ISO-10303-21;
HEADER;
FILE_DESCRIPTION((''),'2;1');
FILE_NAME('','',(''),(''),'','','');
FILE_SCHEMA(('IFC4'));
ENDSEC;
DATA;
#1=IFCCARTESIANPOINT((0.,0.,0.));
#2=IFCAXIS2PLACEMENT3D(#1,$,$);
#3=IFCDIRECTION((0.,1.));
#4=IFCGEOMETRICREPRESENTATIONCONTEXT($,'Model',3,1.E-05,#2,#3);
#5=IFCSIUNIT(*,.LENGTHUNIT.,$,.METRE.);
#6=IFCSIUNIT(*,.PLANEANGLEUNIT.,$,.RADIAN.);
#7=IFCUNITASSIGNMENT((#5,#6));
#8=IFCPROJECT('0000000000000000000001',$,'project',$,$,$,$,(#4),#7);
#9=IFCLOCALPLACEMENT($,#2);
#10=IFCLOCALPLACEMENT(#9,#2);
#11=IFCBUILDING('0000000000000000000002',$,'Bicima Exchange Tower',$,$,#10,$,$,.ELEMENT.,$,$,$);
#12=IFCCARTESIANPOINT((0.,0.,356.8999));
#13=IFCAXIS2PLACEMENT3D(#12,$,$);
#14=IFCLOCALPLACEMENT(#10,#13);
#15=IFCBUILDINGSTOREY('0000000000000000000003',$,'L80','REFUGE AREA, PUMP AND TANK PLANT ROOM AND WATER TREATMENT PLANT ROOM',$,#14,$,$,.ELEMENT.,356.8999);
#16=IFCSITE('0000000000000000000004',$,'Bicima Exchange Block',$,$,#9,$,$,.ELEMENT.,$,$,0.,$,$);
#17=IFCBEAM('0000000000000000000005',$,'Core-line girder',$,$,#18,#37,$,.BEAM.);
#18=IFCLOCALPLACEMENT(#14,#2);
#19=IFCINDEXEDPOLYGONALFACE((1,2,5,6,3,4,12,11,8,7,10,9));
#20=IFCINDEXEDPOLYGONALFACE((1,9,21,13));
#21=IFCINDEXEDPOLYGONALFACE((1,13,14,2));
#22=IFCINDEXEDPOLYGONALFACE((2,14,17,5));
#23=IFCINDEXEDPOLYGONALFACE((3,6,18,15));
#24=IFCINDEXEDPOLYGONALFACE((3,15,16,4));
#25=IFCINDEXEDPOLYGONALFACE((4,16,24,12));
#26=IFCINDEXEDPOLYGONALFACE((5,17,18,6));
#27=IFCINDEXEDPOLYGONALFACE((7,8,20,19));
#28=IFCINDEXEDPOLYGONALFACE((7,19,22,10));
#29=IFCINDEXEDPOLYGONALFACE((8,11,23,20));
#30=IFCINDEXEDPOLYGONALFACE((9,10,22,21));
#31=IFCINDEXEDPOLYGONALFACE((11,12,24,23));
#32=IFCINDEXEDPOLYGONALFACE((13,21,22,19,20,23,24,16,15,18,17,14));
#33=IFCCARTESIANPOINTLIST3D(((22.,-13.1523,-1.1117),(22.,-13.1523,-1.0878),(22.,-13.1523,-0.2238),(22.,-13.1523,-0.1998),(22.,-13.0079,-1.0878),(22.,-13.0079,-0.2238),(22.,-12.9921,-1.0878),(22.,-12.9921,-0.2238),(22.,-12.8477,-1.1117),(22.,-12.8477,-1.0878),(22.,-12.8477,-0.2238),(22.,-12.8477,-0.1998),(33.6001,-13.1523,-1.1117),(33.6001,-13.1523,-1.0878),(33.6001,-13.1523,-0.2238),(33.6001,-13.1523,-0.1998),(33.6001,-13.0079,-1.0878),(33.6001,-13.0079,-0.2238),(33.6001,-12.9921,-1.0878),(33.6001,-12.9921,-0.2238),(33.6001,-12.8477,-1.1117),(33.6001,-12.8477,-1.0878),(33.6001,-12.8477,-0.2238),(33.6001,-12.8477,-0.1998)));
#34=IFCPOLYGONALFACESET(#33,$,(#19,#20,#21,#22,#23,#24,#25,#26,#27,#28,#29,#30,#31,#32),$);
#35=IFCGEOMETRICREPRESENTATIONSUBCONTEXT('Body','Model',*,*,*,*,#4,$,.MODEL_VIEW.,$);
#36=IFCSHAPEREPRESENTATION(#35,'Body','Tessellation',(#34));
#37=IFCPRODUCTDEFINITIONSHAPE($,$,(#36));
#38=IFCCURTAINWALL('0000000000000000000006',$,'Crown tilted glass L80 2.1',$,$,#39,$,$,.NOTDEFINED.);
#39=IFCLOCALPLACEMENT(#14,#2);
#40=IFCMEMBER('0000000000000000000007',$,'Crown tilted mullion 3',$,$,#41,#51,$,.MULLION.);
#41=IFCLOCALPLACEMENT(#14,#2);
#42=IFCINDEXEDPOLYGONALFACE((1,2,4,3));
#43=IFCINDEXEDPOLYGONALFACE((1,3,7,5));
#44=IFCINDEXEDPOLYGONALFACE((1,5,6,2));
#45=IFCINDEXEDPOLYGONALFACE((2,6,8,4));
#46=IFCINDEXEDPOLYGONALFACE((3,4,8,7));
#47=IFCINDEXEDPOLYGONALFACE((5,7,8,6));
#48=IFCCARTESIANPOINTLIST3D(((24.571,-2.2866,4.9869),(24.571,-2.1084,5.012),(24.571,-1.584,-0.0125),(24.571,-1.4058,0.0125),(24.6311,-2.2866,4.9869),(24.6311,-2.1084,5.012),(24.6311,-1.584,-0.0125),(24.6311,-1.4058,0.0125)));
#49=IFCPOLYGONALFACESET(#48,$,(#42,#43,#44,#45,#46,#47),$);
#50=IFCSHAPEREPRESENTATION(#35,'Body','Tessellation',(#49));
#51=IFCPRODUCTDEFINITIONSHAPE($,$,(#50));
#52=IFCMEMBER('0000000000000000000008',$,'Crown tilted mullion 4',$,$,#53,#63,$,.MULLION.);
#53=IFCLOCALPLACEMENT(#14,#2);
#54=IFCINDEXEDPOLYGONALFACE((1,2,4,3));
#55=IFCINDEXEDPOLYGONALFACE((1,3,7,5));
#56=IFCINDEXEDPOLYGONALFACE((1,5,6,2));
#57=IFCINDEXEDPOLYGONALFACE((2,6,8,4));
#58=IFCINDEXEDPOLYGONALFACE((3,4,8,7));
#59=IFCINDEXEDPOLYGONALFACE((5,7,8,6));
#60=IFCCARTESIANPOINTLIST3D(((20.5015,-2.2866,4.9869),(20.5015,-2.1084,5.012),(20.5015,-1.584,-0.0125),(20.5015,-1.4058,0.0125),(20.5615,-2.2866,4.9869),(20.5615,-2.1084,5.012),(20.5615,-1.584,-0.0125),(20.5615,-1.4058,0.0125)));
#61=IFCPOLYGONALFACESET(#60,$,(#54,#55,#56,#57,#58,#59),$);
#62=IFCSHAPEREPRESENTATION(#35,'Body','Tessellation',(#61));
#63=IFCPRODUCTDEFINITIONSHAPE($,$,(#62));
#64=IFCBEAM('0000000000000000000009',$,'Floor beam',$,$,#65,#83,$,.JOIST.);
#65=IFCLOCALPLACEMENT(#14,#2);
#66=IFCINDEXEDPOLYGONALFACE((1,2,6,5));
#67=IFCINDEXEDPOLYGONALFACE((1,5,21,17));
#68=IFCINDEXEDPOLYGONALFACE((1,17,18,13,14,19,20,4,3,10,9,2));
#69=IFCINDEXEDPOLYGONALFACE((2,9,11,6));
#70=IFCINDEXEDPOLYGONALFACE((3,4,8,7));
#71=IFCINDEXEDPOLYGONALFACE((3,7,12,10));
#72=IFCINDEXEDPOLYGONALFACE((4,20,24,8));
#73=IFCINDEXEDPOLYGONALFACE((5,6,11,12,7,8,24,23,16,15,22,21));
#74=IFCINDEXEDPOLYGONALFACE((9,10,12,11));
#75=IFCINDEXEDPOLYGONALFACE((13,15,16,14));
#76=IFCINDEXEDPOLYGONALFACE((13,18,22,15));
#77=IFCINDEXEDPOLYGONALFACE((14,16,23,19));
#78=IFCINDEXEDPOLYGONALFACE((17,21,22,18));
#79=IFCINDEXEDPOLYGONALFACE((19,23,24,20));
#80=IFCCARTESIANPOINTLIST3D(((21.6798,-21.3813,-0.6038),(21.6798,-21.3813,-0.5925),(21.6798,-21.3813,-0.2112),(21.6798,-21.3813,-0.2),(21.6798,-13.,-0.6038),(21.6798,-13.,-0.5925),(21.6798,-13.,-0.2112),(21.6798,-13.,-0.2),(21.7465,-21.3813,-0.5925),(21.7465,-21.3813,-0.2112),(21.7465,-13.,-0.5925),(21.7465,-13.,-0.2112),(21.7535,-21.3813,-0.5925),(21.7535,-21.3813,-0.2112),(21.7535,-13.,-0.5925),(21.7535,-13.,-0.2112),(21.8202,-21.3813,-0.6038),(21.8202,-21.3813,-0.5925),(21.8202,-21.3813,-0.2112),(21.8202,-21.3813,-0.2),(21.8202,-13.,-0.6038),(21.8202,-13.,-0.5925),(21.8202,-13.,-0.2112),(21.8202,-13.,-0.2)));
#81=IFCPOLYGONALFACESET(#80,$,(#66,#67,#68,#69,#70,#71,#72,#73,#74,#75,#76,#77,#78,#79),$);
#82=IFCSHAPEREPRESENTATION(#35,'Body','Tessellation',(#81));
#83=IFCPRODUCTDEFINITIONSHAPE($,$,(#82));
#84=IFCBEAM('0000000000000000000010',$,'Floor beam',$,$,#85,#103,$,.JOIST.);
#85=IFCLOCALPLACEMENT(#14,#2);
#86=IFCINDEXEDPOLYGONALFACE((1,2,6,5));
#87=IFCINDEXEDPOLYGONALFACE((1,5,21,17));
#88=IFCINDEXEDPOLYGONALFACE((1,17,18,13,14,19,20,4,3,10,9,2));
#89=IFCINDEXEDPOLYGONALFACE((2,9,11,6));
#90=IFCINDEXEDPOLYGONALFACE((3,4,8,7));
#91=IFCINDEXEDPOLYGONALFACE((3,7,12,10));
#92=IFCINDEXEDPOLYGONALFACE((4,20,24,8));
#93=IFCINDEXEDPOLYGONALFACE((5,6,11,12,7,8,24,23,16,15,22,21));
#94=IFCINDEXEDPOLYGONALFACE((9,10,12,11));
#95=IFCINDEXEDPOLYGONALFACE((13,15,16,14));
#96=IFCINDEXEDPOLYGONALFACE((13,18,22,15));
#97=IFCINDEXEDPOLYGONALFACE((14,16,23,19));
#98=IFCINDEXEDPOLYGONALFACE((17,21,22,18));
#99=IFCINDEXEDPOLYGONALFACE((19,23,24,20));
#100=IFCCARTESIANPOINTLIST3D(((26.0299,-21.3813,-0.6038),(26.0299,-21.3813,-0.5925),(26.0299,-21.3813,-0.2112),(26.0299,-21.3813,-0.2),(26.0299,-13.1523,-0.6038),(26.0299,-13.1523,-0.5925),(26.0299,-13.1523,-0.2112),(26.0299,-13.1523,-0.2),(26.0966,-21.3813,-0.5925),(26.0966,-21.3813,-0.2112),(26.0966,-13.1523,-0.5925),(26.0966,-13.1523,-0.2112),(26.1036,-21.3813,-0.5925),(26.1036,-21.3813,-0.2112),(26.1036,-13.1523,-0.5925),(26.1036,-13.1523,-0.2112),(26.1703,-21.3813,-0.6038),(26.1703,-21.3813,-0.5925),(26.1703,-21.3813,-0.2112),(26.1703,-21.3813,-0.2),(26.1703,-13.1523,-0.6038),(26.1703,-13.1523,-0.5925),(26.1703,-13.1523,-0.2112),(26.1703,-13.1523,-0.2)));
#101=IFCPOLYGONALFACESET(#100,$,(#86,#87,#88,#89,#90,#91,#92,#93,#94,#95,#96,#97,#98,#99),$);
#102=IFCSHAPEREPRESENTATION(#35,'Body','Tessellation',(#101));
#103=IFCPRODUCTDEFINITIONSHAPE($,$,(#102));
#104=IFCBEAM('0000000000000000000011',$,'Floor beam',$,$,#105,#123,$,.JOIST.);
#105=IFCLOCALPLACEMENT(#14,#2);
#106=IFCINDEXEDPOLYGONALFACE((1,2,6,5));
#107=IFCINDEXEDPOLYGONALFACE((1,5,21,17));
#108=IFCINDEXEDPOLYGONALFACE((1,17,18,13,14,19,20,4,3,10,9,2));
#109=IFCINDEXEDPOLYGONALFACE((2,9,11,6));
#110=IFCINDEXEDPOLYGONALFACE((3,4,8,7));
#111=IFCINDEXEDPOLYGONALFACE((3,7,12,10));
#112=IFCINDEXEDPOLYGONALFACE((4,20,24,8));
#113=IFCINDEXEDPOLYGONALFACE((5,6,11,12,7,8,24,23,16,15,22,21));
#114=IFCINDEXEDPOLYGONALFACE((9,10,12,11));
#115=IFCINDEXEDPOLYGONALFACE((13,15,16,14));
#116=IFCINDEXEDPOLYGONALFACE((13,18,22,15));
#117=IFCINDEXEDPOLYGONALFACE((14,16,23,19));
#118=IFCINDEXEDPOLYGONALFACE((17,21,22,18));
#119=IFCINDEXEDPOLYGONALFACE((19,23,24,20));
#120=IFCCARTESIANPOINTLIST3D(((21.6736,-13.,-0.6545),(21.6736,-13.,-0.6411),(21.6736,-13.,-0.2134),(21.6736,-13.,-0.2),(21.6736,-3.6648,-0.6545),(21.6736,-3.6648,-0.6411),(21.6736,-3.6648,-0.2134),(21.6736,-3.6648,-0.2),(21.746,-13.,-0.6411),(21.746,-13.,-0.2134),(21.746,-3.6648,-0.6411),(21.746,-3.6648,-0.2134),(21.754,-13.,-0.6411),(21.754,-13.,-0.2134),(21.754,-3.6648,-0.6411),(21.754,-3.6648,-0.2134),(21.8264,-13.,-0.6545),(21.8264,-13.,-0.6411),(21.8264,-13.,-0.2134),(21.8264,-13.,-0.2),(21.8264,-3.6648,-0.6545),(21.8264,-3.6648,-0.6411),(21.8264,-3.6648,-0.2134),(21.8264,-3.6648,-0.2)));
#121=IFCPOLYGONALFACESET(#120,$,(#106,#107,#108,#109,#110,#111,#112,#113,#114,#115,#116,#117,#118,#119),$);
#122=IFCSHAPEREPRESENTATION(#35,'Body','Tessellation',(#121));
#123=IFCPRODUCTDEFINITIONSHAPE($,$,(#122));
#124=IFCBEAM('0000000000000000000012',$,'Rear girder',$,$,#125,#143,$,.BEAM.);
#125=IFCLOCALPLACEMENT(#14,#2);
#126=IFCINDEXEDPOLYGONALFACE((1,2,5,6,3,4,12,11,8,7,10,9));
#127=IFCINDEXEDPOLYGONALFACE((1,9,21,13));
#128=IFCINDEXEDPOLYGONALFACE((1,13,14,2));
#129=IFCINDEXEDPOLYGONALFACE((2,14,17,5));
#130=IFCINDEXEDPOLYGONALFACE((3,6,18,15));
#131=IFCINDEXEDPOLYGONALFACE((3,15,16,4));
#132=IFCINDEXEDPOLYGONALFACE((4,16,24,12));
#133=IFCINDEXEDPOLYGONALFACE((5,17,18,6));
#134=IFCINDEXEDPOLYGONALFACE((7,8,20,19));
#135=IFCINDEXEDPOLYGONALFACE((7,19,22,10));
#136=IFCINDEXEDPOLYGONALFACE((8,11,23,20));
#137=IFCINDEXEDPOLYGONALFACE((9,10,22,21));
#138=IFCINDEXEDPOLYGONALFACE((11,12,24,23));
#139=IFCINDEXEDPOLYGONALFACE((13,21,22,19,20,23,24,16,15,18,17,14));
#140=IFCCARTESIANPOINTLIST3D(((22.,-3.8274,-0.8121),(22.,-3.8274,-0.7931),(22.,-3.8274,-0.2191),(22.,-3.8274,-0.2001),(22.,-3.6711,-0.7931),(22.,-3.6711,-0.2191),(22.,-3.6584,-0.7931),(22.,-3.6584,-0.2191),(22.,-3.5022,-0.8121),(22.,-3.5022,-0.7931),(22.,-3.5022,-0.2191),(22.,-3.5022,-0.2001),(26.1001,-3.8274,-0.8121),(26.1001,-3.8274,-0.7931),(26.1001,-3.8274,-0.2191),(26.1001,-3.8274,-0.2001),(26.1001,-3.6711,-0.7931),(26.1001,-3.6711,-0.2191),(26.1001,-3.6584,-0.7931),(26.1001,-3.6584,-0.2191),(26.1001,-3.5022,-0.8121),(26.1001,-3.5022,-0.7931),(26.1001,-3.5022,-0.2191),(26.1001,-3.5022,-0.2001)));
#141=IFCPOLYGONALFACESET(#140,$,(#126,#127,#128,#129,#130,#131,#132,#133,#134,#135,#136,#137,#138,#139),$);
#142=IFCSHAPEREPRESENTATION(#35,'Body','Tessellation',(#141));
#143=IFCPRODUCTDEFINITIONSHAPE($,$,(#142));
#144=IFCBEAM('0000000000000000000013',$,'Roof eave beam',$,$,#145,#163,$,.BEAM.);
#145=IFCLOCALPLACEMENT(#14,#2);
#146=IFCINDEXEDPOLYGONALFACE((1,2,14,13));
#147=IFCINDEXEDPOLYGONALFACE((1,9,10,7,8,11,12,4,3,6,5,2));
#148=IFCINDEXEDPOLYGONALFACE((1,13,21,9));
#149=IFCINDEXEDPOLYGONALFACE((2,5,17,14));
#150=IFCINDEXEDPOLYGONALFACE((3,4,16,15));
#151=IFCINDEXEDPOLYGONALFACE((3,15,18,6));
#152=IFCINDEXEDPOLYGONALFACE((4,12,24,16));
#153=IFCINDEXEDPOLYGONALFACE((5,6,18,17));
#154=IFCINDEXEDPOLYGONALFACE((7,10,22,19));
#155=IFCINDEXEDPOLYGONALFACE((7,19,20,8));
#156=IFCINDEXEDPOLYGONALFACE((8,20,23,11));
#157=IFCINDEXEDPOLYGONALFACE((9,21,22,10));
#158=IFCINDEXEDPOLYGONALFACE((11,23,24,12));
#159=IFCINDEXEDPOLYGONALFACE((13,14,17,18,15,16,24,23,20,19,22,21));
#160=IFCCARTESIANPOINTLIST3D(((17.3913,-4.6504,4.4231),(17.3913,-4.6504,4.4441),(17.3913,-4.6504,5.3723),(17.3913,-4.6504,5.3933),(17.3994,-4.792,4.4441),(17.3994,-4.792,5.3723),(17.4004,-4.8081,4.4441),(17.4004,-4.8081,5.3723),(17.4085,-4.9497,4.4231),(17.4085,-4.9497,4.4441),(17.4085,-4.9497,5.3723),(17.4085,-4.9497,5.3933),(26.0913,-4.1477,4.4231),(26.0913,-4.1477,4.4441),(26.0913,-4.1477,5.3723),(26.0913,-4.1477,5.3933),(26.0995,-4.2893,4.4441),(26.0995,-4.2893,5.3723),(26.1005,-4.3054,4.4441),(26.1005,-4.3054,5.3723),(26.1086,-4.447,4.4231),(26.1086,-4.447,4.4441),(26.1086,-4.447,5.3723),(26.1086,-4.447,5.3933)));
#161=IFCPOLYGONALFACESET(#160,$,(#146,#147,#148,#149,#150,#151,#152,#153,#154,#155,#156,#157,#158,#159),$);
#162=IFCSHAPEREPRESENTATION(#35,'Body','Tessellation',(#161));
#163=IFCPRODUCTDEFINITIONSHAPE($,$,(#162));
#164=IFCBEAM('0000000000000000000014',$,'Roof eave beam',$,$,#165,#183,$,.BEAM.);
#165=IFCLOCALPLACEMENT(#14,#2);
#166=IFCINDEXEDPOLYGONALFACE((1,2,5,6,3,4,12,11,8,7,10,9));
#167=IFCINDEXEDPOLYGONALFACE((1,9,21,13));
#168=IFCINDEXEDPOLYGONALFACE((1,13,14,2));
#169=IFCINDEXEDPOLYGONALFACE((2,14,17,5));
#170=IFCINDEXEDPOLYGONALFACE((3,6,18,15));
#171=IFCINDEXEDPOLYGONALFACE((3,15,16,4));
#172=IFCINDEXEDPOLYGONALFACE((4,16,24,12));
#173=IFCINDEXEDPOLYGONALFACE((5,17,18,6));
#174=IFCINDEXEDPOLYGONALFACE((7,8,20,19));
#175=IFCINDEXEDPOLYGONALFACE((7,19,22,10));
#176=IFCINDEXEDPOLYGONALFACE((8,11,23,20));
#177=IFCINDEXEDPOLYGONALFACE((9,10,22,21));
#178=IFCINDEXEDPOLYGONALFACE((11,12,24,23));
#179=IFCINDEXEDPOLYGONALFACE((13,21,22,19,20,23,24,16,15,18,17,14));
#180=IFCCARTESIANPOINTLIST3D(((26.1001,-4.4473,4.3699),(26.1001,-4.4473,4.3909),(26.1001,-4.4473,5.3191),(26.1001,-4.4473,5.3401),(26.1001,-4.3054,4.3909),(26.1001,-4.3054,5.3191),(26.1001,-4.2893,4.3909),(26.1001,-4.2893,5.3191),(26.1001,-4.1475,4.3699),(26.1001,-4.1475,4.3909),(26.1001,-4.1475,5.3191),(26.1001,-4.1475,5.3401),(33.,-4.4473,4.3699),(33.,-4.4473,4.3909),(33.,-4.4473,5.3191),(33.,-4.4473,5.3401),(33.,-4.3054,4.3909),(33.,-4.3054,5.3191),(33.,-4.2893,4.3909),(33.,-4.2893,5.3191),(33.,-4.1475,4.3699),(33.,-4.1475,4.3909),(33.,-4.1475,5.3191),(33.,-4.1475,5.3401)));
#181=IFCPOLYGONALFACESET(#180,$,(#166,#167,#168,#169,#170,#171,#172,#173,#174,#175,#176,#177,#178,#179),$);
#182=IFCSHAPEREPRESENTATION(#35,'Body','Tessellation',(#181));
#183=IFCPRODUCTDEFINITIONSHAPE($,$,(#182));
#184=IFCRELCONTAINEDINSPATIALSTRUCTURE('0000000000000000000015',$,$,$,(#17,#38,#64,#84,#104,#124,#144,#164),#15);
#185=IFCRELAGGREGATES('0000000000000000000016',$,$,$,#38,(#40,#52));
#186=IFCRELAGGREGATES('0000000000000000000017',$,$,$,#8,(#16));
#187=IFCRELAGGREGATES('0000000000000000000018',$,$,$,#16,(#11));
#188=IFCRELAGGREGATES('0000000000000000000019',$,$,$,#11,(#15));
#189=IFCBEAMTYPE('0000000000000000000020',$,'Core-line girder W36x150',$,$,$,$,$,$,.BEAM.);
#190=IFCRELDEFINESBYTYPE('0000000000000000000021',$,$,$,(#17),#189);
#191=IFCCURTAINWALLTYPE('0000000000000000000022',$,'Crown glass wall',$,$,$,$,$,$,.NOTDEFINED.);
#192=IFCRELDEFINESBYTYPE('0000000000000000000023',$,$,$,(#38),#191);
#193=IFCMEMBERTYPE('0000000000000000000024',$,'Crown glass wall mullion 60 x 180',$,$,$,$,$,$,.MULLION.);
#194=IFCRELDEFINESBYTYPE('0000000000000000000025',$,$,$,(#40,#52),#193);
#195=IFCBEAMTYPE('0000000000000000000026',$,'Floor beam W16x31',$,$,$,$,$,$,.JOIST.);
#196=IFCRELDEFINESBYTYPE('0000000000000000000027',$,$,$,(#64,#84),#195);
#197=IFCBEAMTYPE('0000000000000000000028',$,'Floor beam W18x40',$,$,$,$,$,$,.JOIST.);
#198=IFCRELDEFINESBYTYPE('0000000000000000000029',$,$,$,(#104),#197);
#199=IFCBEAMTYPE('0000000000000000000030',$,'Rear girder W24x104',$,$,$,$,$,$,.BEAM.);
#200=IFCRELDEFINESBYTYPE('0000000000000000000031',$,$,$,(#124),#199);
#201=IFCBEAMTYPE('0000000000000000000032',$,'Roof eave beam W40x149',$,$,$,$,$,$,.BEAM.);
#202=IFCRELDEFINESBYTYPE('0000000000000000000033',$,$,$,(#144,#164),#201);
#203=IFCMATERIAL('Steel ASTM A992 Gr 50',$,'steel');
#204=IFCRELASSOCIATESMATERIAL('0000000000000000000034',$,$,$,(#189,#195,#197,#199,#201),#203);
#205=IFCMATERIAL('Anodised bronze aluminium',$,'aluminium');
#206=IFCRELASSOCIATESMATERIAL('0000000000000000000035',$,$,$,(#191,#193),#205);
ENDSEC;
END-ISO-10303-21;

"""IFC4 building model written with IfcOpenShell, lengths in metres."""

from ifc_helpers import new_model, si_unit, direction, frame, origin, origin_2d, place, context, subcontext, project, spatial, rectangle, i_section, extrude, material, material_profile, profile_set, type_object, element, aggregate, save


model = new_model("IFC4")

# Units and contexts
model_context = context("Model", 3, precision=1e-05, world=origin(), true_north=direction((0.0, 1.0)))
body_context = subcontext(model_context, "Body", "Model", "MODEL_VIEW")
ifc_project = project(units=[si_unit("LENGTHUNIT", "METRE"), si_unit("PLANEANGLEUNIT", "RADIAN")], contexts=[model_context])

# Site, building, storey
site_placement = place(None, origin())
site = spatial("IfcSite", under=ifc_project, at=site_placement, Name="Bicima Exchange Block", CompositionType="ELEMENT", RefElevation=0.0)
building_placement = place(site_placement, origin())
building = spatial("IfcBuilding", under=site, at=building_placement, Name="Bicima Exchange Tower", CompositionType="ELEMENT")
storey_placement = place(building_placement, frame((0.0, 0.0, 356.8999)))
storey = spatial("IfcBuildingStorey", under=building, at=storey_placement, Name="L80", Description="REFUGE AREA, PUMP AND TANK PLANT ROOM AND WATER TREATMENT PLANT ROOM", CompositionType="ELEMENT", Elevation=356.8999)

# Beam
ifc_material_1 = material(Name="Steel ASTM A992 Gr 50", Category="steel")
ifc_material_profile_1 = material_profile(ifc_material_1, i_section(OverallWidth=0.3047, OverallDepth=0.9119, WebThickness=0.0159, FlangeThickness=0.0239, at=origin_2d()))
ifc_profile_set_1 = profile_set([ifc_material_profile_1], Name="Steel ASTM A992 Gr 50")
beam_type_1 = type_object("IfcBeamType", Name="Core-line girder W36x150", PredefinedType="BEAM", material=ifc_profile_set_1)
beam_1_placement = place(storey_placement, frame((22.0, -13.0, -0.6558), z_axis=(1.0, 0.0, 0.0), x_axis=(0.0, 1.0, 0.0)))
element("IfcBeam", 1, at=beam_1_placement, inside=storey, type_object=beam_type_1, Name="Core-line girder", PredefinedType="BEAM", context=body_context, shape_type="SweptSolid", body=[
    extrude(i_section(OverallWidth=0.3047, OverallDepth=0.9119, WebThickness=0.0159, FlangeThickness=0.0239, at=origin_2d()), origin(), (0.0, 0.0, 1.0), 11.6001),
])

# Curtain wall, members
ifc_material_2 = material(Name="Anodised bronze aluminium", Category="aluminium")
curtain_wall_type = type_object("IfcCurtainWallType", Name="Crown glass wall", PredefinedType="NOTDEFINED", material=ifc_material_2)
curtain_wall_1_placement = place(storey_placement, origin())
curtain_wall_1 = element("IfcCurtainWall", 2, at=curtain_wall_1_placement, inside=storey, type_object=curtain_wall_type, Name="Crown tilted glass L80 2.1", PredefinedType="NOTDEFINED")
ifc_material_profile_2 = material_profile(ifc_material_2, rectangle(XDim=0.1799, YDim=0.0601, at=origin_2d()))
ifc_profile_set_2 = profile_set([ifc_material_profile_2], Name="Anodised bronze aluminium")
member_type_1 = type_object("IfcMemberType", Name="Crown glass wall mullion 60 x 180", PredefinedType="MULLION", material=ifc_profile_set_2)
member_1_placement = place(storey_placement, frame((24.6011, -1.4949, 0.0), z_axis=(0.0, -0.139173, 0.990268), x_axis=(0.0, -0.990268, -0.139173)))
member_1 = element("IfcMember", 3, at=member_1_placement, type_object=member_type_1, Name="Crown tilted mullion 3", PredefinedType="MULLION", context=body_context, shape_type="SweptSolid", body=[
    extrude(rectangle(XDim=0.1799, YDim=0.0601, at=origin_2d()), origin(), (0.0, 0.0, 1.0), 5.0486),
])
member_2_placement = place(storey_placement, frame((20.5315, -1.4949, 0.0), z_axis=(0.0, -0.139173, 0.990268), x_axis=(0.0, -0.990268, -0.139173)))
member_2 = element("IfcMember", 4, at=member_2_placement, type_object=member_type_1, Name="Crown tilted mullion 4", PredefinedType="MULLION", context=body_context, shape_type="SweptSolid", body=[
    extrude(rectangle(XDim=0.1799, YDim=0.0601, at=origin_2d()), origin(), (0.0, 0.0, 1.0), 5.0486),
])

# Beams
ifc_material_profile_3 = material_profile(ifc_material_1, i_section(OverallWidth=0.1404, OverallDepth=0.4038, WebThickness=0.0071, FlangeThickness=0.0112, at=origin_2d()))
ifc_profile_set_3 = profile_set([ifc_material_profile_3], Name="Steel ASTM A992 Gr 50")
beam_type_2 = type_object("IfcBeamType", Name="Floor beam W16x31", PredefinedType="JOIST", material=ifc_profile_set_3)
beam_2_placement = place(storey_placement, frame((21.75, -13.0, -0.4019), z_axis=(0.0, -1.0, 0.0), x_axis=(1.0, 0.0, 0.0)))
element("IfcBeam", 5, at=beam_2_placement, inside=storey, type_object=beam_type_2, Name="Floor beam", PredefinedType="JOIST", context=body_context, shape_type="SweptSolid", body=[
    extrude(i_section(OverallWidth=0.1404, OverallDepth=0.4038, WebThickness=0.0071, FlangeThickness=0.0112, at=origin_2d()), origin(), (0.0, 0.0, 1.0), 8.3813),
])
beam_3_placement = place(storey_placement, frame((26.1001, -13.1523, -0.4019), z_axis=(0.0, -1.0, 0.0), x_axis=(1.0, 0.0, 0.0)))
element("IfcBeam", 6, at=beam_3_placement, inside=storey, type_object=beam_type_2, Name="Floor beam", PredefinedType="JOIST", context=body_context, shape_type="SweptSolid", body=[
    extrude(i_section(OverallWidth=0.1404, OverallDepth=0.4038, WebThickness=0.0071, FlangeThickness=0.0112, at=origin_2d()), origin(), (0.0, 0.0, 1.0), 8.229),
])
ifc_material_profile_4 = material_profile(ifc_material_1, i_section(OverallWidth=0.1528, OverallDepth=0.4546, WebThickness=0.0081, FlangeThickness=0.0134, at=origin_2d()))
ifc_profile_set_4 = profile_set([ifc_material_profile_4], Name="Steel ASTM A992 Gr 50")
beam_type_3 = type_object("IfcBeamType", Name="Floor beam W18x40", PredefinedType="JOIST", material=ifc_profile_set_4)
beam_4_placement = place(storey_placement, frame((21.75, -3.6648, -0.4272), z_axis=(0.0, -1.0, 0.0), x_axis=(1.0, 0.0, 0.0)))
element("IfcBeam", 7, at=beam_4_placement, inside=storey, type_object=beam_type_3, Name="Floor beam", PredefinedType="JOIST", context=body_context, shape_type="SweptSolid", body=[
    extrude(i_section(OverallWidth=0.1528, OverallDepth=0.4546, WebThickness=0.0081, FlangeThickness=0.0134, at=origin_2d()), origin(), (0.0, 0.0, 1.0), 9.3352),
])
ifc_material_profile_5 = material_profile(ifc_material_1, i_section(OverallWidth=0.3252, OverallDepth=0.6121, WebThickness=0.0127, FlangeThickness=0.019, at=origin_2d()))
ifc_profile_set_5 = profile_set([ifc_material_profile_5], Name="Steel ASTM A992 Gr 50")
beam_type_4 = type_object("IfcBeamType", Name="Rear girder W24x104", PredefinedType="BEAM", material=ifc_profile_set_5)
beam_5_placement = place(storey_placement, frame((22.0, -3.6648, -0.5061), z_axis=(1.0, 0.0, 0.0), x_axis=(0.0, 1.0, 0.0)))
element("IfcBeam", 8, at=beam_5_placement, inside=storey, type_object=beam_type_4, Name="Rear girder", PredefinedType="BEAM", context=body_context, shape_type="SweptSolid", body=[
    extrude(i_section(OverallWidth=0.3252, OverallDepth=0.6121, WebThickness=0.0127, FlangeThickness=0.019, at=origin_2d()), origin(), (0.0, 0.0, 1.0), 4.1001),
])
ifc_material_profile_6 = material_profile(ifc_material_1, i_section(OverallWidth=0.2998, OverallDepth=0.9702, WebThickness=0.0161, FlangeThickness=0.021, at=origin_2d()))
ifc_profile_set_6 = profile_set([ifc_material_profile_6], Name="Steel ASTM A992 Gr 50")
beam_type_5 = type_object("IfcBeamType", Name="Roof eave beam W40x149", PredefinedType="BEAM", material=ifc_profile_set_6)
beam_6_placement = place(storey_placement, frame((17.3999, -4.8, 4.9082), z_axis=(0.998335, 0.057682, 0.0), x_axis=(-0.057682, 0.998335, 0.0)))
element("IfcBeam", 9, at=beam_6_placement, inside=storey, type_object=beam_type_5, Name="Roof eave beam", PredefinedType="BEAM", context=body_context, shape_type="SweptSolid", body=[
    extrude(i_section(OverallWidth=0.2998, OverallDepth=0.9702, WebThickness=0.0161, FlangeThickness=0.021, at=origin_2d()), origin(), (0.0, 0.0, 1.0), 8.7146),
])
beam_7_placement = place(storey_placement, frame((26.1001, -4.2974, 4.855), z_axis=(1.0, 0.0, 0.0), x_axis=(0.0, 1.0, 0.0)))
element("IfcBeam", 10, at=beam_7_placement, inside=storey, type_object=beam_type_5, Name="Roof eave beam", PredefinedType="BEAM", context=body_context, shape_type="SweptSolid", body=[
    extrude(i_section(OverallWidth=0.2998, OverallDepth=0.9702, WebThickness=0.0161, FlangeThickness=0.021, at=origin_2d()), origin(), (0.0, 0.0, 1.0), 6.8999),
])

aggregate(curtain_wall_1, [member_1, member_2])

save(model, "model.ifc")
